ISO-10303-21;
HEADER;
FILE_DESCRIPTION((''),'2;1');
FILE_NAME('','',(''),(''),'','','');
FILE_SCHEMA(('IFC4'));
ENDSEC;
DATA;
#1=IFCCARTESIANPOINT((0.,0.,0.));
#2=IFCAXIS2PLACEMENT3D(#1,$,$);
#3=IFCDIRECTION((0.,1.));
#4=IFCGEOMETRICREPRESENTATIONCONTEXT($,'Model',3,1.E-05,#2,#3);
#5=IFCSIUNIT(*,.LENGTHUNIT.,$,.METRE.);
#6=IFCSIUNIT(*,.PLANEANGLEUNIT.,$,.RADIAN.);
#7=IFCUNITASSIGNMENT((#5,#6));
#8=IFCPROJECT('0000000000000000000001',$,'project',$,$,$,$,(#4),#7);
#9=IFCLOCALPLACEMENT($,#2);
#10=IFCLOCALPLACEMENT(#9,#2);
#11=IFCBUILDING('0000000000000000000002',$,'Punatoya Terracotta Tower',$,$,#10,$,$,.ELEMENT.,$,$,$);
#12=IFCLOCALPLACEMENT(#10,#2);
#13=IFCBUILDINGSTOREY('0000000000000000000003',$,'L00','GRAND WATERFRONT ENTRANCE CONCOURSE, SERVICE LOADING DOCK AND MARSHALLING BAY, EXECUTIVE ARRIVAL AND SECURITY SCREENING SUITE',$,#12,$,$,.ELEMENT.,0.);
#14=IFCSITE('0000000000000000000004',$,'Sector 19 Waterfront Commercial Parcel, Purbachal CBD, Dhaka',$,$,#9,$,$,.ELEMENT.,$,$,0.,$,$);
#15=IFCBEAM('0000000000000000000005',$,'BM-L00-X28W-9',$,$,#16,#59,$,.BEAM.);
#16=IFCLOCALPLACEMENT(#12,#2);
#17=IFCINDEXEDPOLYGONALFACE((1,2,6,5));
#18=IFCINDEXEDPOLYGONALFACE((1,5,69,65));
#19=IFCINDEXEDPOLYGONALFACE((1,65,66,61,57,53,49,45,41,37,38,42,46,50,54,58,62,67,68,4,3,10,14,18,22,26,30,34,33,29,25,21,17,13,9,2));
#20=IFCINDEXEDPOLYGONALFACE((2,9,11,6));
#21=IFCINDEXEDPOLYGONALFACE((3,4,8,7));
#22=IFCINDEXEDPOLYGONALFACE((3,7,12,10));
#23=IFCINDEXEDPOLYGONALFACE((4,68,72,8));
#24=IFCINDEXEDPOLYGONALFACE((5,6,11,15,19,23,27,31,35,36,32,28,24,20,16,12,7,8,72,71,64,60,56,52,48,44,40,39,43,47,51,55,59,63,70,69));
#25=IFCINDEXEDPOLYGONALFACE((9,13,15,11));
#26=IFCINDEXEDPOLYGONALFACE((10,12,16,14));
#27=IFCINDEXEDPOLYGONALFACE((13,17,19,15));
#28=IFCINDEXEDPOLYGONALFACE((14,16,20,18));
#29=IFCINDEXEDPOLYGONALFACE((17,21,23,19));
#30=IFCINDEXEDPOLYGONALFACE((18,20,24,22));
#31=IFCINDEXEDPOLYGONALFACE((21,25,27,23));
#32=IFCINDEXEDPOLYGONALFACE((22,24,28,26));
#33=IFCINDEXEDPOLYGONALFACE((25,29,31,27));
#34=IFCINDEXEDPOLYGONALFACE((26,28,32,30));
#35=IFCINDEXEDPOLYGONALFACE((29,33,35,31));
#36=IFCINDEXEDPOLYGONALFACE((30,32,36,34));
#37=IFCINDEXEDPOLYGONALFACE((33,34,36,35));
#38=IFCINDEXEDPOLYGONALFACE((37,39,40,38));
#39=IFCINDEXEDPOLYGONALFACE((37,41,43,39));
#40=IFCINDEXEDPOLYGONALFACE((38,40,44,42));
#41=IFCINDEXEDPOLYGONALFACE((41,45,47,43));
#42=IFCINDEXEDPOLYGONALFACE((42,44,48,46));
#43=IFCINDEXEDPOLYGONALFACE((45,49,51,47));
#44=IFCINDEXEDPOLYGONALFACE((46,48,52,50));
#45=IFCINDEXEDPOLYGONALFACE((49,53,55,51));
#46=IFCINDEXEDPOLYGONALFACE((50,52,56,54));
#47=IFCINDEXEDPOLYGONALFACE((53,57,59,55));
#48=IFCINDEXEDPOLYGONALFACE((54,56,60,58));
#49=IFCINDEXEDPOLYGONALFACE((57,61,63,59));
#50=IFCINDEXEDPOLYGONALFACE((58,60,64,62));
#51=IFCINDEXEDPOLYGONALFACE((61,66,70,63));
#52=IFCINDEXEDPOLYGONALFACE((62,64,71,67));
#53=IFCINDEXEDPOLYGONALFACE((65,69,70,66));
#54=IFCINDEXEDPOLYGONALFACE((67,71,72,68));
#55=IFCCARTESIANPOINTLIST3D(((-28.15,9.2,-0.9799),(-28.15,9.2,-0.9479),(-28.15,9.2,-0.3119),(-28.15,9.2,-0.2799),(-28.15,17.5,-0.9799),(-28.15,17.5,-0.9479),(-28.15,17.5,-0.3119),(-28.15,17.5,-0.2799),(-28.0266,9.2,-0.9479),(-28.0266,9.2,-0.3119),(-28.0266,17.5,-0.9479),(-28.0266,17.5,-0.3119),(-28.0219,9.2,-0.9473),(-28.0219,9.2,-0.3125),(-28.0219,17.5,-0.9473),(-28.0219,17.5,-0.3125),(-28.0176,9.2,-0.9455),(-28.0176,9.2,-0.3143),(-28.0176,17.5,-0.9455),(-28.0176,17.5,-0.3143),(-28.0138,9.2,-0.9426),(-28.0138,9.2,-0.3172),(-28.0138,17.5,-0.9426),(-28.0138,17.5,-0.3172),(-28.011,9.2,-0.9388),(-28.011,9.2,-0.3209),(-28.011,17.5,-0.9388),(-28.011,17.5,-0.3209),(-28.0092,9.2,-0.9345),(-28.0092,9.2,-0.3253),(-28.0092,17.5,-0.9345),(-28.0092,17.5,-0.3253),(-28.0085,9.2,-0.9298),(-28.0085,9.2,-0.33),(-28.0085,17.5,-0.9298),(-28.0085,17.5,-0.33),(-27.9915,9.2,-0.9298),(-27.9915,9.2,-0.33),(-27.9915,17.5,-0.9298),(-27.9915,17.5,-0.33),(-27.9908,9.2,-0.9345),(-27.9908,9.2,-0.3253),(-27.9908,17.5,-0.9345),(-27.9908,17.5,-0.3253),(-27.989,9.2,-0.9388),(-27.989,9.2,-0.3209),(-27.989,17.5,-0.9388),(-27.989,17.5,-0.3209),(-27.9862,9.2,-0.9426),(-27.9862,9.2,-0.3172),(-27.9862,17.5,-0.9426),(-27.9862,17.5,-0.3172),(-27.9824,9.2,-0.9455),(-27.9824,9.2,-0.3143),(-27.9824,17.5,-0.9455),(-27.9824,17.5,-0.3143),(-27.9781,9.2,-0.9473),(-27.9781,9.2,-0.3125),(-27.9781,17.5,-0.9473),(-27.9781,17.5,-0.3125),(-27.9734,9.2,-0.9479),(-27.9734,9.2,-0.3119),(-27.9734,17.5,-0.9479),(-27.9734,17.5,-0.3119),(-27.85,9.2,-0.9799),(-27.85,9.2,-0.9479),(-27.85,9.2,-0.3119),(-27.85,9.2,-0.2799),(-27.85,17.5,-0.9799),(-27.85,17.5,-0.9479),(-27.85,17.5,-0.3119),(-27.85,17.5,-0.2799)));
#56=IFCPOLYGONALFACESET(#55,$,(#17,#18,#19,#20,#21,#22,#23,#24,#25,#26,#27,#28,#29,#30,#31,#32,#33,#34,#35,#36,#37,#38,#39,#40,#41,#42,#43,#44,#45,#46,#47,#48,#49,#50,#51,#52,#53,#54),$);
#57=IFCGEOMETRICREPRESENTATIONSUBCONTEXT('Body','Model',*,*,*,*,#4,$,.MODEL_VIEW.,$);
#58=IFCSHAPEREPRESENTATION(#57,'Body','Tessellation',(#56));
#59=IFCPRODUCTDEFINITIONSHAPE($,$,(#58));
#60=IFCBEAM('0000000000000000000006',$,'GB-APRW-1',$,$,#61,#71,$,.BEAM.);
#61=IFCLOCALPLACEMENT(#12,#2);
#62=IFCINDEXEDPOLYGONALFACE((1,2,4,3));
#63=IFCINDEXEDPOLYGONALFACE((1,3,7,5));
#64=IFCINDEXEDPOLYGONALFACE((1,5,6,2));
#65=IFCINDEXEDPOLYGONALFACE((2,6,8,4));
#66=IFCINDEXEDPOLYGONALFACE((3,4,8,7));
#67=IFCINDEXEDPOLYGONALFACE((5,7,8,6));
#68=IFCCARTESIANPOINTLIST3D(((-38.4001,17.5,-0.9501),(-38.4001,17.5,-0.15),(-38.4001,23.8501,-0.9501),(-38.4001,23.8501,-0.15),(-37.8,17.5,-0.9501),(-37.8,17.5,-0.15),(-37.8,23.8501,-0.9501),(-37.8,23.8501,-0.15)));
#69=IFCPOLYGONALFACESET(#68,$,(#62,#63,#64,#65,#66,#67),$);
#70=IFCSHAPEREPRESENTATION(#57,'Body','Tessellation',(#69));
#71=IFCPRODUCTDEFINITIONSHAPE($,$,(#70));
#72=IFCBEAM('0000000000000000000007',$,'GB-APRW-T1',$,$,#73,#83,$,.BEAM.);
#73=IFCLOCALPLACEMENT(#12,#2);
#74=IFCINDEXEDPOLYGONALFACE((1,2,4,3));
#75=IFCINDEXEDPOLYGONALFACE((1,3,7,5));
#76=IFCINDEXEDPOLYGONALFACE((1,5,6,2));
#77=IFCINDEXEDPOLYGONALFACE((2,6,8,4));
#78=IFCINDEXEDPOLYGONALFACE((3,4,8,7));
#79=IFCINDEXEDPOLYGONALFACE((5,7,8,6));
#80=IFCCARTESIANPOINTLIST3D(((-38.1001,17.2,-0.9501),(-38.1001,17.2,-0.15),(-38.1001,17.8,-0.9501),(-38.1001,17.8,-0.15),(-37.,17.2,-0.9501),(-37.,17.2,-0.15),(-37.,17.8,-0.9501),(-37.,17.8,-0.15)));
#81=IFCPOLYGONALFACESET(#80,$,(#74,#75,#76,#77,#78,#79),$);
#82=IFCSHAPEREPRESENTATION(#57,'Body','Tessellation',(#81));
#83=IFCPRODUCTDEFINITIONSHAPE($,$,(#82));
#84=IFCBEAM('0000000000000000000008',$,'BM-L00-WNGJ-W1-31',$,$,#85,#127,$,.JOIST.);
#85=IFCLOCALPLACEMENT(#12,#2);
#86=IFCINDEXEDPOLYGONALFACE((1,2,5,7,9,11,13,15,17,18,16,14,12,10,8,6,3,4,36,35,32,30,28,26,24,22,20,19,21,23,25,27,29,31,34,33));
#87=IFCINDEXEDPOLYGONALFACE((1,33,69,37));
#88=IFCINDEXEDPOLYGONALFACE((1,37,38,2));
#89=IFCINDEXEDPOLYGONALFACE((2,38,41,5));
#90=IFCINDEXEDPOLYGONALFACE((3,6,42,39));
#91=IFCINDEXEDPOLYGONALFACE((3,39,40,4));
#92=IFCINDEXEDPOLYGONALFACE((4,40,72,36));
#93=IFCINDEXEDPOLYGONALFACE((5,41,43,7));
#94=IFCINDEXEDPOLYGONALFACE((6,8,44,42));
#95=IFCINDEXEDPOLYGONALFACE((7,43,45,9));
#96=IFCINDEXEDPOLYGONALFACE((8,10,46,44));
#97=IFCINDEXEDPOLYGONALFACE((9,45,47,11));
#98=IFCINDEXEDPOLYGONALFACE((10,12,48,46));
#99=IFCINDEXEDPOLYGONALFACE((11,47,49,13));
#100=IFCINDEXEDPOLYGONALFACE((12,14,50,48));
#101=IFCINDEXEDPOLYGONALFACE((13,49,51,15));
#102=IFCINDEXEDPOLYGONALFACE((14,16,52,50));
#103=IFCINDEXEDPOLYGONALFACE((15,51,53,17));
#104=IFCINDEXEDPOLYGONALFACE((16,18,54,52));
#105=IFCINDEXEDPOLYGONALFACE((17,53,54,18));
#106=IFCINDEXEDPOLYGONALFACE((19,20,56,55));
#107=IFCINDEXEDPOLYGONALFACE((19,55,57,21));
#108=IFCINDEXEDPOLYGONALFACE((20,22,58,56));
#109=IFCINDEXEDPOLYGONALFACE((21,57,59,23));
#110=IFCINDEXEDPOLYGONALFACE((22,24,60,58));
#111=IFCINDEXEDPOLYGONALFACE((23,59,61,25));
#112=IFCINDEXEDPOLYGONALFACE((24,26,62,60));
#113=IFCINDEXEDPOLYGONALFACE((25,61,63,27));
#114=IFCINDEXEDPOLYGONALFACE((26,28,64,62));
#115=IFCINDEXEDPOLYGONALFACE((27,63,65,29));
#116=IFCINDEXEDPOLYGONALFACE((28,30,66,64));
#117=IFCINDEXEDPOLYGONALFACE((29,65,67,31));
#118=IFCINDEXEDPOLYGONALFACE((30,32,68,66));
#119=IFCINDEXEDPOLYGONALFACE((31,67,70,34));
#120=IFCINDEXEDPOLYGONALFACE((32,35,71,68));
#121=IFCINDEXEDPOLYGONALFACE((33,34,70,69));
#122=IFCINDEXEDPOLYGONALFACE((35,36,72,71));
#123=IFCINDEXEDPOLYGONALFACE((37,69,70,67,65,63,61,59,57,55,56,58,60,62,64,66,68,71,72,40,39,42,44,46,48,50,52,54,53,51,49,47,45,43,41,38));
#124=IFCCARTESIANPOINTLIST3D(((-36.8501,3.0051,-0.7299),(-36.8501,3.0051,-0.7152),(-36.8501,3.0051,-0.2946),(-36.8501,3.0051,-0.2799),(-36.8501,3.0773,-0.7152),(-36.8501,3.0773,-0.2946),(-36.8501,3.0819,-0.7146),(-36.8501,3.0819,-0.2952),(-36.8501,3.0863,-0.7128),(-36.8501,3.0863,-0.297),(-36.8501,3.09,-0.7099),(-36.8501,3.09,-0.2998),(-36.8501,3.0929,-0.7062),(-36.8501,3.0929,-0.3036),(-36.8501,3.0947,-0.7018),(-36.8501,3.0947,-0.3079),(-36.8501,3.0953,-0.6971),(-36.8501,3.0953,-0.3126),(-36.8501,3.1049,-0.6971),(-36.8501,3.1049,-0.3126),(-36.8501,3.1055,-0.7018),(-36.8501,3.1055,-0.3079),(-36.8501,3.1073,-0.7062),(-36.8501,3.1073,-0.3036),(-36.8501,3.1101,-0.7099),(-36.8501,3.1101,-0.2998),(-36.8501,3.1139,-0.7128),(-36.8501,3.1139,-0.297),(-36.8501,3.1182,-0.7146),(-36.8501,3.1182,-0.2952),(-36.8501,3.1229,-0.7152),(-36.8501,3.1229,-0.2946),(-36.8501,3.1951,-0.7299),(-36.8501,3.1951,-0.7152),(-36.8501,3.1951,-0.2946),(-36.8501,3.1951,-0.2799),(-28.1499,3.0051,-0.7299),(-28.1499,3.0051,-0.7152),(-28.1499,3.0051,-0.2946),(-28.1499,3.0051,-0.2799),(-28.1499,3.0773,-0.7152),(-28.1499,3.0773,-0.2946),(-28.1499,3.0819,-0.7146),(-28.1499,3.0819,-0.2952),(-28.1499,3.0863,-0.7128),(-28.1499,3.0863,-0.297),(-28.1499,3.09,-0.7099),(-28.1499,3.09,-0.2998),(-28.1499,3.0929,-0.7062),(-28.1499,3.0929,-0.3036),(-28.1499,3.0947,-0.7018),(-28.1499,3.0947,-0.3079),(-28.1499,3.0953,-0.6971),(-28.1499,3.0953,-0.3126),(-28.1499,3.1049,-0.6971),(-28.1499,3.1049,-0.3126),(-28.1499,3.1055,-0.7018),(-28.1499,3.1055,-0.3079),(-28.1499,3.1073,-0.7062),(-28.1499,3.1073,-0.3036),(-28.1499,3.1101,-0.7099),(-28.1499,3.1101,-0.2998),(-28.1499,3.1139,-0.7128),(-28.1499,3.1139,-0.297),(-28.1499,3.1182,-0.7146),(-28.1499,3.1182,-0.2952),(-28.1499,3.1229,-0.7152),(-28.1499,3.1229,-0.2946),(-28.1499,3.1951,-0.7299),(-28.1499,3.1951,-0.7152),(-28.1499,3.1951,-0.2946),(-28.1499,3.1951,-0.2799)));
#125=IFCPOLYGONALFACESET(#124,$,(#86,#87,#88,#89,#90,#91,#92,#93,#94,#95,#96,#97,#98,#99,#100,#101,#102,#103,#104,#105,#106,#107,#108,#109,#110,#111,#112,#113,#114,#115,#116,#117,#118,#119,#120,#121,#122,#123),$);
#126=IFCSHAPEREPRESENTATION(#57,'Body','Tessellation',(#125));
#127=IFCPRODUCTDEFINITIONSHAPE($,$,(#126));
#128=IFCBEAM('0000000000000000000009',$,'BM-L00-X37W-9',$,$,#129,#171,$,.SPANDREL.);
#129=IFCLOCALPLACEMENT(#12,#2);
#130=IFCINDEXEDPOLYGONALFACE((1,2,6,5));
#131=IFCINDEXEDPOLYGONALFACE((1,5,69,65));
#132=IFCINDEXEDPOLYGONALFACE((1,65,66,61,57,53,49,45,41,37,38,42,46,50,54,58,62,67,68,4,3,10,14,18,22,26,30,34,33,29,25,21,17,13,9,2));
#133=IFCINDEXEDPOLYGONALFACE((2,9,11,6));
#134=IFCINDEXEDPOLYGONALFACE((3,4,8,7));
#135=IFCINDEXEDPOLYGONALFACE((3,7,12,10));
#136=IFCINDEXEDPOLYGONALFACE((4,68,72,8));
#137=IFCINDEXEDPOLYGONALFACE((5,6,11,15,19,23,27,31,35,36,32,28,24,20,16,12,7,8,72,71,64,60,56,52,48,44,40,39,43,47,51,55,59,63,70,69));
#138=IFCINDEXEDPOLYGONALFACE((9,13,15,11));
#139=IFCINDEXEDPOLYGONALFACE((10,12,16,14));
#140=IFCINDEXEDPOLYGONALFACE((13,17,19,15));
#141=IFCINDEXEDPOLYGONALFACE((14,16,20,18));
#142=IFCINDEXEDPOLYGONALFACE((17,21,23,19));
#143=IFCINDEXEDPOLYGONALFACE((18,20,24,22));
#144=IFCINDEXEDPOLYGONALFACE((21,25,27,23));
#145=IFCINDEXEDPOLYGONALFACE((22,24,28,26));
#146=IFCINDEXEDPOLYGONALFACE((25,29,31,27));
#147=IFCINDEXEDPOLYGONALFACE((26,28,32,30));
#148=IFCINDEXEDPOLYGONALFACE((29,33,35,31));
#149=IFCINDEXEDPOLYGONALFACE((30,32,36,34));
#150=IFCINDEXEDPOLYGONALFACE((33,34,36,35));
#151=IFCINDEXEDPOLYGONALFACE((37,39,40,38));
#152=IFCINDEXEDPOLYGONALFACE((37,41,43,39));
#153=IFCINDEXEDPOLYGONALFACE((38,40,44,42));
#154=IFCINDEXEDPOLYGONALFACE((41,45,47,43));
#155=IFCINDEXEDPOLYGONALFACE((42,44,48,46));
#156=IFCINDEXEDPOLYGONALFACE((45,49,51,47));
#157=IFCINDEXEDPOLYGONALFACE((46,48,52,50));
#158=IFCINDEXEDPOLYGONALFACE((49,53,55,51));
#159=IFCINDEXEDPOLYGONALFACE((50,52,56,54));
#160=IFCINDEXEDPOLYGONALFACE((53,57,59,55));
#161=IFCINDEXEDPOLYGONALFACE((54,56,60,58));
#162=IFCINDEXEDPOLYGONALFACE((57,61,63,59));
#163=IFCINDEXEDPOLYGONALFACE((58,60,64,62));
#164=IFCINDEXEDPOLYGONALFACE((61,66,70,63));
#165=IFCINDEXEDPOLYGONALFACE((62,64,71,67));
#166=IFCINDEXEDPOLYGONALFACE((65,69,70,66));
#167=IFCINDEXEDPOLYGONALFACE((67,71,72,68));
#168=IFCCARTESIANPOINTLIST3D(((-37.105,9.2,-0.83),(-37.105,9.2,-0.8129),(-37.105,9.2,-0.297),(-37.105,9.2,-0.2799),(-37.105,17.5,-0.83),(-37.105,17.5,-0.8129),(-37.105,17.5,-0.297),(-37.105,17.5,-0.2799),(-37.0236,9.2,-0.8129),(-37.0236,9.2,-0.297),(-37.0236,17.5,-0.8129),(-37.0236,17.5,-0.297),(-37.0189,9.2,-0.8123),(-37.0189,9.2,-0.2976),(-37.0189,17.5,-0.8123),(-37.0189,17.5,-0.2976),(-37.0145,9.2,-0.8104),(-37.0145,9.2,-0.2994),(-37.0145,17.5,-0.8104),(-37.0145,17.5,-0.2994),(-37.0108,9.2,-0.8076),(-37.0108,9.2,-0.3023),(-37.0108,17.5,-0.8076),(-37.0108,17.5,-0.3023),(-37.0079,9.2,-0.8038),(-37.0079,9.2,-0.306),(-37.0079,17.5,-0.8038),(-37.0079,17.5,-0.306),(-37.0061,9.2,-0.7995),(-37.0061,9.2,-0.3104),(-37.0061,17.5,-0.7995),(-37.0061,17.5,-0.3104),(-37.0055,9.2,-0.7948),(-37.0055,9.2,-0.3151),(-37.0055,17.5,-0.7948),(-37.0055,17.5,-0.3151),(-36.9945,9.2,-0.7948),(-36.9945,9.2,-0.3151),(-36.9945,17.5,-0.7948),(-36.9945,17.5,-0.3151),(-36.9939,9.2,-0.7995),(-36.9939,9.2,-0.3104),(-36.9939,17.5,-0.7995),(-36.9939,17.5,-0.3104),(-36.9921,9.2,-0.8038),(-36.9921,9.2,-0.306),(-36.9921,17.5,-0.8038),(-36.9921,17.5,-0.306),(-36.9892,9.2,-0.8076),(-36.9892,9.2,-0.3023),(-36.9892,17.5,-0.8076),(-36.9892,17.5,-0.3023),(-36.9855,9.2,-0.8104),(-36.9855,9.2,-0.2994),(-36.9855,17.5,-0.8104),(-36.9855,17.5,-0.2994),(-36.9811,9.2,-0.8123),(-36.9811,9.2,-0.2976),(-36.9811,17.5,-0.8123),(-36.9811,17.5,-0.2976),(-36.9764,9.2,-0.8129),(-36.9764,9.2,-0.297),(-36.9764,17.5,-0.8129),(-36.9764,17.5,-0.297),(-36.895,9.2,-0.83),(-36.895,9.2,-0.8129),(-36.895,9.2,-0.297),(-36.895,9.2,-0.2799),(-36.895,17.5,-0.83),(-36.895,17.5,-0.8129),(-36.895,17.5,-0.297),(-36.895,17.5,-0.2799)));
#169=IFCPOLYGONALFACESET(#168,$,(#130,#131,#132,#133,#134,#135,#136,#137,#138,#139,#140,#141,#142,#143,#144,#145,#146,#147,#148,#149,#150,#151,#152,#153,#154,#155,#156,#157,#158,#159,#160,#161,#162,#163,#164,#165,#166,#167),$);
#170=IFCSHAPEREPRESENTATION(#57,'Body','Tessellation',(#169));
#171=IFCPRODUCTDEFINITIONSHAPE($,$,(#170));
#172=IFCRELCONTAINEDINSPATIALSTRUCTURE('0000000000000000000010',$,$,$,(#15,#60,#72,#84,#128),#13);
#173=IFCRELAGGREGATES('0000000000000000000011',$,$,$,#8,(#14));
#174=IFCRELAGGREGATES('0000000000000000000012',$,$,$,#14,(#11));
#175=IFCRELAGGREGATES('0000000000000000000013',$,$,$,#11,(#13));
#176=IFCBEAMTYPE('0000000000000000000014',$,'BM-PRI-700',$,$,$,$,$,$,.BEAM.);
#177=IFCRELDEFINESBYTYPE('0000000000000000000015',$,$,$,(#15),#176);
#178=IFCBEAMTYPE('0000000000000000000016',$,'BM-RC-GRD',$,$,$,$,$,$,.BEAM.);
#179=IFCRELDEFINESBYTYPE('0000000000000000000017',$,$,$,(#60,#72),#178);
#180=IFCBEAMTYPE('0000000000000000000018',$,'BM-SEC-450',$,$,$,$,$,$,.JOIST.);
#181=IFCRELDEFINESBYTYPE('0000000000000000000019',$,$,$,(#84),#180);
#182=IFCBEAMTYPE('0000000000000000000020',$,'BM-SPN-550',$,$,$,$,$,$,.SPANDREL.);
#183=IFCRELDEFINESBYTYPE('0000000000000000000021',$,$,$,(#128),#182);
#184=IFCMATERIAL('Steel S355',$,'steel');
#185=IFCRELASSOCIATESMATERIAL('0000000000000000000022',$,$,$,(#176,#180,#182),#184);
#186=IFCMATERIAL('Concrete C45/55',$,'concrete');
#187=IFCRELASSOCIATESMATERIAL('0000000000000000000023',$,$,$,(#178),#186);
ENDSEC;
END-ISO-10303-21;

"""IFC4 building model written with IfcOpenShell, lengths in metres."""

from ifc_helpers import new_model, si_unit, direction, frame, origin, origin_2d, place, context, subcontext, project, spatial, rectangle, i_section, extrude, material, material_profile, profile_set, type_object, element, save


model = new_model("IFC4")

# Units and contexts
model_context = context("Model", 3, precision=1e-05, world=origin(), true_north=direction((0.0, 1.0)))
body_context = subcontext(model_context, "Body", "Model", "MODEL_VIEW")
ifc_project = project(units=[si_unit("LENGTHUNIT", "METRE"), si_unit("PLANEANGLEUNIT", "RADIAN")], contexts=[model_context])

# Site, building, storey
site_placement = place(None, origin())
site = spatial("IfcSite", under=ifc_project, at=site_placement, Name="Sector 19 Waterfront Commercial Parcel, Purbachal CBD, Dhaka", CompositionType="ELEMENT", RefElevation=0.0)
building_placement = place(site_placement, origin())
building = spatial("IfcBuilding", under=site, at=building_placement, Name="Punatoya Terracotta Tower", CompositionType="ELEMENT")
storey_placement = place(building_placement, origin())
storey = spatial("IfcBuildingStorey", under=building, at=storey_placement, Name="L00", Description="GRAND WATERFRONT ENTRANCE CONCOURSE, SERVICE LOADING DOCK AND MARSHALLING BAY, EXECUTIVE ARRIVAL AND SECURITY SCREENING SUITE", CompositionType="ELEMENT", Elevation=0.0)

# Beams
ifc_material_1 = material(Name="Steel S355", Category="steel")
ifc_material_profile_1 = material_profile(ifc_material_1, i_section(OverallWidth=0.3, OverallDepth=0.7, WebThickness=0.0171, FlangeThickness=0.032, FilletRadius=0.0181, at=origin_2d()))
ifc_profile_set_1 = profile_set([ifc_material_profile_1], Name="Steel S355")
beam_type_1 = type_object("IfcBeamType", Name="BM-PRI-700", PredefinedType="BEAM", material=ifc_profile_set_1)
beam_1_placement = place(storey_placement, frame((-28.0, 9.2, -0.6299), z_axis=(0.0, 1.0, 0.0), x_axis=(-1.0, 0.0, 0.0)))
element("IfcBeam", 1, at=beam_1_placement, inside=storey, type_object=beam_type_1, Name="BM-L00-X28W-9", PredefinedType="BEAM", context=body_context, shape_type="SweptSolid", body=[
    extrude(i_section(OverallWidth=0.3, OverallDepth=0.7, WebThickness=0.0171, FlangeThickness=0.032, FilletRadius=0.0181, at=origin_2d()), origin(), (0.0, 0.0, 1.0), 8.3),
])
ifc_material_2 = material(Name="Concrete C45/55", Category="concrete")
ifc_material_profile_2 = material_profile(ifc_material_2, rectangle(XDim=0.6001, YDim=0.8, at=origin_2d()))
ifc_profile_set_2 = profile_set([ifc_material_profile_2], Name="Concrete C45/55")
beam_type_2 = type_object("IfcBeamType", Name="BM-RC-GRD", PredefinedType="BEAM", material=ifc_profile_set_2)
beam_2_placement = place(storey_placement, frame((-38.1001, 17.5, -0.55), z_axis=(0.0, 1.0, 0.0), x_axis=(-1.0, 0.0, 0.0)))
element("IfcBeam", 2, at=beam_2_placement, inside=storey, type_object=beam_type_2, Name="GB-APRW-1", PredefinedType="BEAM", context=body_context, shape_type="SweptSolid", body=[
    extrude(rectangle(XDim=0.6001, YDim=0.8, at=origin_2d()), origin(), (0.0, 0.0, 1.0), 6.3501),
])
beam_3_placement = place(storey_placement, frame((-38.1001, 17.5, -0.55), z_axis=(1.0, 0.0, 0.0), x_axis=(0.0, 1.0, 0.0)))
element("IfcBeam", 3, at=beam_3_placement, inside=storey, type_object=beam_type_2, Name="GB-APRW-T1", PredefinedType="BEAM", context=body_context, shape_type="SweptSolid", body=[
    extrude(rectangle(XDim=0.6001, YDim=0.8, at=origin_2d()), origin(), (0.0, 0.0, 1.0), 1.1001),
])
ifc_material_profile_3 = material_profile(ifc_material_1, i_section(OverallWidth=0.1899, OverallDepth=0.45, WebThickness=0.0095, FlangeThickness=0.0146, FilletRadius=0.0181, at=origin_2d()))
ifc_profile_set_3 = profile_set([ifc_material_profile_3], Name="Steel S355")
beam_type_3 = type_object("IfcBeamType", Name="BM-SEC-450", PredefinedType="JOIST", material=ifc_profile_set_3)
beam_4_placement = place(storey_placement, frame((-36.8501, 3.1001, -0.5049), z_axis=(1.0, 0.0, 0.0), x_axis=(0.0, 1.0, 0.0)))
element("IfcBeam", 4, at=beam_4_placement, inside=storey, type_object=beam_type_3, Name="BM-L00-WNGJ-W1-31", PredefinedType="JOIST", context=body_context, shape_type="SweptSolid", body=[
    extrude(i_section(OverallWidth=0.1899, OverallDepth=0.45, WebThickness=0.0095, FlangeThickness=0.0146, FilletRadius=0.0181, at=origin_2d()), origin(), (0.0, 0.0, 1.0), 8.7002),
])
ifc_material_profile_4 = material_profile(ifc_material_1, i_section(OverallWidth=0.21, OverallDepth=0.55, WebThickness=0.011, FlangeThickness=0.0171, FilletRadius=0.0181, at=origin_2d()))
ifc_profile_set_4 = profile_set([ifc_material_profile_4], Name="Steel S355")
beam_type_4 = type_object("IfcBeamType", Name="BM-SPN-550", PredefinedType="SPANDREL", material=ifc_profile_set_4)
beam_5_placement = place(storey_placement, frame((-37.0, 9.2, -0.5549), z_axis=(0.0, 1.0, 0.0), x_axis=(-1.0, 0.0, 0.0)))
element("IfcBeam", 5, at=beam_5_placement, inside=storey, type_object=beam_type_4, Name="BM-L00-X37W-9", PredefinedType="SPANDREL", context=body_context, shape_type="SweptSolid", body=[
    extrude(i_section(OverallWidth=0.21, OverallDepth=0.55, WebThickness=0.011, FlangeThickness=0.0171, FilletRadius=0.0181, at=origin_2d()), origin(), (0.0, 0.0, 1.0), 8.3),
])

save(model, "model.ifc")
